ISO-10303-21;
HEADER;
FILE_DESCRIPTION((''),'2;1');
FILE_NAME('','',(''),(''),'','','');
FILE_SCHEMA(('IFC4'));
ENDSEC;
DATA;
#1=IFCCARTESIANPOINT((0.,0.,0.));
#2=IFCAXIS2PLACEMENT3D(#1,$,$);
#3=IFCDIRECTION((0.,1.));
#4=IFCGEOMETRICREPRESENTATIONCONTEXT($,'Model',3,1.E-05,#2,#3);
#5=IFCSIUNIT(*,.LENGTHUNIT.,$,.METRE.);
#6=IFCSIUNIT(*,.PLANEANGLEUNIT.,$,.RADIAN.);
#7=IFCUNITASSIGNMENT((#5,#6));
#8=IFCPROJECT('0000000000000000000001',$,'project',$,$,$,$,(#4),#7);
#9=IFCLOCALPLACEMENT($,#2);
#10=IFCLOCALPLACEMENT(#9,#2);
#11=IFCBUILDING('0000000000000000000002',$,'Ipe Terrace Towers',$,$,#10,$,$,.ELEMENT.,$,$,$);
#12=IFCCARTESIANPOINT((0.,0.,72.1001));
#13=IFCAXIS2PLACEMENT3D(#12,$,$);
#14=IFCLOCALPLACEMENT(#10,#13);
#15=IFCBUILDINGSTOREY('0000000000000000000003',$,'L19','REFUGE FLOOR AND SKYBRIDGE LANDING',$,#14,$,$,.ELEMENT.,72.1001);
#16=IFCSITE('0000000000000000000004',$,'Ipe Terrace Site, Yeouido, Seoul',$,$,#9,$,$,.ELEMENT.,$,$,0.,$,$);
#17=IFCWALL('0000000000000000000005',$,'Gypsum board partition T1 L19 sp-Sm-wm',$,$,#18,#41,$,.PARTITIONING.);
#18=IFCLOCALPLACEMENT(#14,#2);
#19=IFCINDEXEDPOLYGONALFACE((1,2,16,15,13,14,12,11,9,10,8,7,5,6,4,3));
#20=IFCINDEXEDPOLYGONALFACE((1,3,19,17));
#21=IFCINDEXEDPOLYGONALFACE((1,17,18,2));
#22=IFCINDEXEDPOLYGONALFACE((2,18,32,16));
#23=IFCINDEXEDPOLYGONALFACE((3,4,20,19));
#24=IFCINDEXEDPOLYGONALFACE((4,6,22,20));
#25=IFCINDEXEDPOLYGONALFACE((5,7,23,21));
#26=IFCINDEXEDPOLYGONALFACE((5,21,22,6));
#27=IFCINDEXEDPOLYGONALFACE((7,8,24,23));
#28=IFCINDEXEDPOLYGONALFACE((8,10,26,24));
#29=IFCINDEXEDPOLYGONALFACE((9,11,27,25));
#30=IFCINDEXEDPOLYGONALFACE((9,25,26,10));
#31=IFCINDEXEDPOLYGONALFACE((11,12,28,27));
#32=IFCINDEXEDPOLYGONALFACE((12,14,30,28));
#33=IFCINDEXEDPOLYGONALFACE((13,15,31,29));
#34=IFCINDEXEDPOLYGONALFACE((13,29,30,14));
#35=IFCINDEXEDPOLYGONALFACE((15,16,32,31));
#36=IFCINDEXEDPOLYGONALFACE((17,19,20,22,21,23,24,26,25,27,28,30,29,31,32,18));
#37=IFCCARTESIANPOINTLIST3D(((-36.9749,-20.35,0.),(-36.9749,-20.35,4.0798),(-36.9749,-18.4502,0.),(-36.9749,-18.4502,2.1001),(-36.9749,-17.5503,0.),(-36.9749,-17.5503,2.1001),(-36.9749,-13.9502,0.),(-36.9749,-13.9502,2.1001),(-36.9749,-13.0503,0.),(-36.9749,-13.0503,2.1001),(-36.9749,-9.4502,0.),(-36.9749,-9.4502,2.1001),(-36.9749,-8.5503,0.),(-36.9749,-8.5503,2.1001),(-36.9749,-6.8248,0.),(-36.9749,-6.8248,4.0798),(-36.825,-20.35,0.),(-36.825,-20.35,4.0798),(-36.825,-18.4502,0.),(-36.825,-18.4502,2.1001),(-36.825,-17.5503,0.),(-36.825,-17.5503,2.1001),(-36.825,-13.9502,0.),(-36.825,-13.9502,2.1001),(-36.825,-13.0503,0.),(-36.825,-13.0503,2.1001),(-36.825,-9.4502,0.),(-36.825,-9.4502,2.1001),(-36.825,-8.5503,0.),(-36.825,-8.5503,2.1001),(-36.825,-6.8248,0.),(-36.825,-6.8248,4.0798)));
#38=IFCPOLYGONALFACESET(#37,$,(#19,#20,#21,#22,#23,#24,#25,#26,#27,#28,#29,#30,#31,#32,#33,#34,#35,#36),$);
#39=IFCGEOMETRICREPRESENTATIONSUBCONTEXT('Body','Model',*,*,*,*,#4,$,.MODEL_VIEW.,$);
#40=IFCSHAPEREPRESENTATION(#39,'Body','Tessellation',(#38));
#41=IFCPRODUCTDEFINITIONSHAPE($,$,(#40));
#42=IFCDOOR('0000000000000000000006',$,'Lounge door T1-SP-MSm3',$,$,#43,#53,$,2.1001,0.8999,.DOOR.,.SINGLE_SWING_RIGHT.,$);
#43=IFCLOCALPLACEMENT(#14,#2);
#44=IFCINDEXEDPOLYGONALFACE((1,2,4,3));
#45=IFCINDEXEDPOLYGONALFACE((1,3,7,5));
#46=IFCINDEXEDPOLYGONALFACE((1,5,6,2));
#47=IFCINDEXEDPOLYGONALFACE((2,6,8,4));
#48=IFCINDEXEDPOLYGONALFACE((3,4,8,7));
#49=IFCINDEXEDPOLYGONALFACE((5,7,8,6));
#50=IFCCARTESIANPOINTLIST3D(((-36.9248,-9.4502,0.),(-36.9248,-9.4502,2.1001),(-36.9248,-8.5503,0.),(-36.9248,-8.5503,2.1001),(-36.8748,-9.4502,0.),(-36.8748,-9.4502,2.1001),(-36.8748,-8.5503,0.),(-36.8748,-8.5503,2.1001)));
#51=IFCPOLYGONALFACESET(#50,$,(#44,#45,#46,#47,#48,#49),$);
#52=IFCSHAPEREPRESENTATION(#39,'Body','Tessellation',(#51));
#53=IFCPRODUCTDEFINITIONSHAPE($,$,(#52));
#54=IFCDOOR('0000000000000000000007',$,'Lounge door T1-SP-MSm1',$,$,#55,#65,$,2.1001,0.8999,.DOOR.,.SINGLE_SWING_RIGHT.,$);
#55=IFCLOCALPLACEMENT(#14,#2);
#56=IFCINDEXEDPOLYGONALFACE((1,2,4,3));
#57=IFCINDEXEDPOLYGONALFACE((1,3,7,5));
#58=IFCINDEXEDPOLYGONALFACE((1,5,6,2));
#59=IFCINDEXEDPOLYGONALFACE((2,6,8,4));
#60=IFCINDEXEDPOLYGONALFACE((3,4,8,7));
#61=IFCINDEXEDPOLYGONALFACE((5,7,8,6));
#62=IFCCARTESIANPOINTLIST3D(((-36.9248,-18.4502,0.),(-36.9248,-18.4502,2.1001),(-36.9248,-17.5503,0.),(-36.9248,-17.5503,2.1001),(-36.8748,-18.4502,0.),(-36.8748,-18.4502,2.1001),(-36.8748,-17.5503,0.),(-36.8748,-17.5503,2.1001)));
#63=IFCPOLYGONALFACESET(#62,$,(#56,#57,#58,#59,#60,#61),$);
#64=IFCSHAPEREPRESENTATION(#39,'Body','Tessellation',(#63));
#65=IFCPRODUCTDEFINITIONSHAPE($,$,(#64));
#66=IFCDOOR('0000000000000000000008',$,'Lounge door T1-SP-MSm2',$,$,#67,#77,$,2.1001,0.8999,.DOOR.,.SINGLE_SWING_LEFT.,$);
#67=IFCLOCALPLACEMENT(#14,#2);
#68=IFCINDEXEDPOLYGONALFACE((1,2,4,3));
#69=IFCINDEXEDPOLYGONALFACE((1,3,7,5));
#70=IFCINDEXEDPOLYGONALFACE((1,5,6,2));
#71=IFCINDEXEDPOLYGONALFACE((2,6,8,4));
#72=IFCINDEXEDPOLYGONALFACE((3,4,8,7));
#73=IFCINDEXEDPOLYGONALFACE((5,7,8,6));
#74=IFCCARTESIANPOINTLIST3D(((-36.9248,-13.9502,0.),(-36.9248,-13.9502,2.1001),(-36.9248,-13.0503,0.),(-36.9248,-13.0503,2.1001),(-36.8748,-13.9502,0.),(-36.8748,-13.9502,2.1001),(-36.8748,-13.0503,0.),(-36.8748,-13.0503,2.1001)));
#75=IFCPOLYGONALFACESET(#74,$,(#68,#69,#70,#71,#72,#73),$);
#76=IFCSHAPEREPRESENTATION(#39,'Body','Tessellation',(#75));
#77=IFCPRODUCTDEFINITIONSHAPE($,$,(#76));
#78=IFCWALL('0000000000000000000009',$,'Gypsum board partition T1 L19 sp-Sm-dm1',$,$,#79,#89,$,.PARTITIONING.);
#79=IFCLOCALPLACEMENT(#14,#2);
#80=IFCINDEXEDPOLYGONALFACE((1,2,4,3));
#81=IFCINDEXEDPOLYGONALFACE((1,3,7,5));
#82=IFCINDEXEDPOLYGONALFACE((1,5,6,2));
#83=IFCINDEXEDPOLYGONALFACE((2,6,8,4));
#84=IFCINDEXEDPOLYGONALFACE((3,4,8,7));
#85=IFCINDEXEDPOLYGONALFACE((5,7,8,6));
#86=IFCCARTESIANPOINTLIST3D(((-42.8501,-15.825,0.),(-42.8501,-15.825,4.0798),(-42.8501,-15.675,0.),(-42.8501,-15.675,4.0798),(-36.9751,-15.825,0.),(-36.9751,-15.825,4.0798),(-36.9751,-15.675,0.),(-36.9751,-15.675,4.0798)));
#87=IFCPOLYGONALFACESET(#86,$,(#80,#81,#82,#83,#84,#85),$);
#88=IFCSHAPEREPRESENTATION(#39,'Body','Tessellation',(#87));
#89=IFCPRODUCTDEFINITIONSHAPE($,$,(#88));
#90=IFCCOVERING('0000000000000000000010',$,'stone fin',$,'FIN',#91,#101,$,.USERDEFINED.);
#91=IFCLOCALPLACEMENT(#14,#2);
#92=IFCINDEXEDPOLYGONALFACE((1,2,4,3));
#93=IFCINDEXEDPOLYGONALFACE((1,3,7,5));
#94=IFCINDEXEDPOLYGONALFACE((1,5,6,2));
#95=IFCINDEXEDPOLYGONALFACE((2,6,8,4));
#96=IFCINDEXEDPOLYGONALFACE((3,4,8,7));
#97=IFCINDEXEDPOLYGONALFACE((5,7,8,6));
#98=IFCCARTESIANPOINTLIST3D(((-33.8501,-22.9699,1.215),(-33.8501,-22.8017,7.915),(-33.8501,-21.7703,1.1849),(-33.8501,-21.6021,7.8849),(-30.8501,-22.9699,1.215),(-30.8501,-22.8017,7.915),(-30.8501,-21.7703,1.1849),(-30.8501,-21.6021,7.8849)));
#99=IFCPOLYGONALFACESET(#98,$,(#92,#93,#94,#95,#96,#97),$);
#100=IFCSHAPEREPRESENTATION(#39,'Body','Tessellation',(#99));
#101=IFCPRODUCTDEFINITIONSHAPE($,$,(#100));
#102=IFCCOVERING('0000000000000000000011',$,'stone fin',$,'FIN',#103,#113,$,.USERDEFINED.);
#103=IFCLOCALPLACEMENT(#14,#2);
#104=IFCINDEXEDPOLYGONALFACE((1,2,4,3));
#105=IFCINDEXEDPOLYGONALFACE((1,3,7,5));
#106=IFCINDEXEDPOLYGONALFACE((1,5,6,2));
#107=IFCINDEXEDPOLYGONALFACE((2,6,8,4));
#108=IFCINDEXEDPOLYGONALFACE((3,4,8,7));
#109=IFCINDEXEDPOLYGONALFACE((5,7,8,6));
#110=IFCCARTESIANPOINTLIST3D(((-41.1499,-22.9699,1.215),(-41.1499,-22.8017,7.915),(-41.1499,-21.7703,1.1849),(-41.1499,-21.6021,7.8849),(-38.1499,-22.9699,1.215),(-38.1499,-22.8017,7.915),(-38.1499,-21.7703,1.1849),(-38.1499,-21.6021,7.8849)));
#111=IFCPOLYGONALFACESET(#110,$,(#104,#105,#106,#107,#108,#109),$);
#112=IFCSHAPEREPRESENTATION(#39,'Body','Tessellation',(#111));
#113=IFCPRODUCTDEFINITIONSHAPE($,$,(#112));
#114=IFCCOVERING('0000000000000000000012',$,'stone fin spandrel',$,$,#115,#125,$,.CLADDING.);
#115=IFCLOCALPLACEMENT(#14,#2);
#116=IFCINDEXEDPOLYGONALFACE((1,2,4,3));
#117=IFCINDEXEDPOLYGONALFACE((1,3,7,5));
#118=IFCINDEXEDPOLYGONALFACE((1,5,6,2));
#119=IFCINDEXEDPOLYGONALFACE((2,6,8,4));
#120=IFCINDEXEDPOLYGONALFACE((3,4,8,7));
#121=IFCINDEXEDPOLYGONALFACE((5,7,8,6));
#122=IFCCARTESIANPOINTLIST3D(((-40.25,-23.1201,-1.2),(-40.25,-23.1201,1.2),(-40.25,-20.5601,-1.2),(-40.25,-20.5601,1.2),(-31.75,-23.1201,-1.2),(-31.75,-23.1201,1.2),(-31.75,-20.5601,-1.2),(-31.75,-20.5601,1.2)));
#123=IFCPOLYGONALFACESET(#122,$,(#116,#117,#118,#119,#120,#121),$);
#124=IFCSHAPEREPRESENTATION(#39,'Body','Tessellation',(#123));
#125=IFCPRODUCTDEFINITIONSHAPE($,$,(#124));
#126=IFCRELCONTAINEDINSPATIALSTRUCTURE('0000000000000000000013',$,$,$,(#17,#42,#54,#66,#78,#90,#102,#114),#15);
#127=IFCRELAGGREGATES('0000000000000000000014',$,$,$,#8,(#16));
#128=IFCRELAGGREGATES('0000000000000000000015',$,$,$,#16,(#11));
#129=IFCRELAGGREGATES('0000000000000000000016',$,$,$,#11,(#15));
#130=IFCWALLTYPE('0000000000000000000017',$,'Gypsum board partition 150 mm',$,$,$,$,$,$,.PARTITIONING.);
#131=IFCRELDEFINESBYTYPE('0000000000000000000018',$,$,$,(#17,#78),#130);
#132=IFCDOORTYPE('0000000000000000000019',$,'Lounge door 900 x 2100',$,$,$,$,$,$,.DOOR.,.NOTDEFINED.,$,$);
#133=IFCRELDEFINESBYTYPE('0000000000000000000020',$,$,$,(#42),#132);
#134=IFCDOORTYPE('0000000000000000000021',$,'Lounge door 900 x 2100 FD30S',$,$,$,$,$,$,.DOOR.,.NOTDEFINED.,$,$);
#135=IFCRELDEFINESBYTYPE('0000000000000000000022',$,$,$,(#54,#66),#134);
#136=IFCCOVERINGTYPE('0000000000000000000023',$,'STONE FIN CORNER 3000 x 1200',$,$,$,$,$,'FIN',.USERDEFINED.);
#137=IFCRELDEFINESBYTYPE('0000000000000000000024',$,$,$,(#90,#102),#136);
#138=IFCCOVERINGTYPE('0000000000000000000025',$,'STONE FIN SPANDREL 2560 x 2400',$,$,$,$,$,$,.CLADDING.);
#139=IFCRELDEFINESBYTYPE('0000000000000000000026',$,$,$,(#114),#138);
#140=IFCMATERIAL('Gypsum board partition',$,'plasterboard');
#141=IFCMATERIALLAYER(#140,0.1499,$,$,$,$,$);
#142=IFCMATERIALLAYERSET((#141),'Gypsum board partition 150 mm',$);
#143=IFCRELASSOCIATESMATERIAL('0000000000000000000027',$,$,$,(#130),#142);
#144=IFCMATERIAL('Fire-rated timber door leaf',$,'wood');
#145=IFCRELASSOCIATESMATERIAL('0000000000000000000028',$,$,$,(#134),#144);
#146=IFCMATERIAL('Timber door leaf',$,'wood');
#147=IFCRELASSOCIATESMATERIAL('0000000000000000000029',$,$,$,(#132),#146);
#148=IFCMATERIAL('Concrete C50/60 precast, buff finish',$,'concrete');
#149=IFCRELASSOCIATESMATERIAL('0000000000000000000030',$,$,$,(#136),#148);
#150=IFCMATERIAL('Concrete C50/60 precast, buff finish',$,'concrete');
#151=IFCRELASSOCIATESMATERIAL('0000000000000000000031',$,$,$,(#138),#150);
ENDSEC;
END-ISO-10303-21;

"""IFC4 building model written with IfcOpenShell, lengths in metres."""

from ifc_helpers import new_model, si_unit, direction, frame, frame_2d, origin, origin_2d, place, context, subcontext, project, spatial, rectangle, extrude, material, layer, layer_set, material_profile, profile_set, type_object, element, fill, save


model = new_model("IFC4")

# Units and contexts
model_context = context("Model", 3, precision=1e-05, world=origin(), true_north=direction((0.0, 1.0)))
body_context = subcontext(model_context, "Body", "Model", "MODEL_VIEW")
ifc_project = project(units=[si_unit("LENGTHUNIT", "METRE"), si_unit("PLANEANGLEUNIT", "RADIAN")], contexts=[model_context])

# Site, building, storey
site_placement = place(None, origin())
site = spatial("IfcSite", under=ifc_project, at=site_placement, Name="Ipe Terrace Site, Yeouido, Seoul", CompositionType="ELEMENT", RefElevation=0.0)
building_placement = place(site_placement, origin())
building = spatial("IfcBuilding", under=site, at=building_placement, Name="Ipe Terrace Towers", CompositionType="ELEMENT")
storey_placement = place(building_placement, frame((0.0, 0.0, 72.1001)))
storey = spatial("IfcBuildingStorey", under=building, at=storey_placement, Name="L19", Description="REFUGE FLOOR AND SKYBRIDGE LANDING", CompositionType="ELEMENT", Elevation=72.1001)

# Wall, openings, doors
ifc_material_1 = material(Name="Gypsum board partition", Category="plasterboard")
ifc_layer_1 = layer(ifc_material_1, 0.1499)
ifc_layer_set_1 = layer_set([ifc_layer_1], Name="Gypsum board partition 150 mm")
wall_type_1 = type_object("IfcWallType", Name="Gypsum board partition 150 mm", PredefinedType="PARTITIONING", material=ifc_layer_set_1)
ifc_material_2 = material(Name="Fire-rated timber door leaf", Category="wood")
door_type_1 = type_object("IfcDoorType", Name="Lounge door 900 x 2100 FD30S", OperationType="NOTDEFINED", PredefinedType="DOOR", material=ifc_material_2)
wall_1_placement = place(storey_placement, frame((-36.8999, -20.3501, 0.0), z_axis=(0.0, 0.0, 1.0), x_axis=(0.0, 1.0, 0.0)))
wall_1 = element("IfcWall", 1, at=wall_1_placement, inside=storey, type_object=wall_type_1, Name="Gypsum board partition T1 L19 sp-Sm-wm", PredefinedType="PARTITIONING", context=body_context, shape_type="SweptSolid", body=[
    extrude(rectangle(XDim=13.5251, YDim=0.1499, at=frame_2d((6.7627, 0.0))), origin(), (0.0, 0.0, 1.0), 4.0798),
])
opening_1_placement = place(wall_1_placement, frame((1.8999, 0.0, 0.0)))
opening_1 = element("IfcOpeningElement", 2, at=opening_1_placement, cuts=wall_1, PredefinedType="OPENING", context=body_context, shape_type="SweptSolid", body=[
    extrude(rectangle(XDim=0.8999, YDim=2.1001, at=frame_2d((0.45, 1.05))), frame((0.0, 0.085, 0.0), z_axis=(0.0, -1.0, 0.0), x_axis=(1.0, 0.0, 0.0)), (0.0, 0.0, 1.0), 0.1699),
])
opening_2_placement = place(wall_1_placement, frame((6.3999, 0.0, 0.0)))
opening_2 = element("IfcOpeningElement", 3, at=opening_2_placement, cuts=wall_1, PredefinedType="OPENING", context=body_context, shape_type="SweptSolid", body=[
    extrude(rectangle(XDim=0.8999, YDim=2.1001, at=frame_2d((0.45, 1.05))), frame((0.0, 0.085, 0.0), z_axis=(0.0, -1.0, 0.0), x_axis=(1.0, 0.0, 0.0)), (0.0, 0.0, 1.0), 0.1699),
])
opening_3_placement = place(wall_1_placement, frame((10.8999, 0.0, 0.0)))
opening_3 = element("IfcOpeningElement", 4, at=opening_3_placement, cuts=wall_1, PredefinedType="OPENING", context=body_context, shape_type="SweptSolid", body=[
    extrude(rectangle(XDim=0.8999, YDim=2.1001, at=frame_2d((0.45, 1.05))), frame((0.0, 0.085, 0.0), z_axis=(0.0, -1.0, 0.0), x_axis=(1.0, 0.0, 0.0)), (0.0, 0.0, 1.0), 0.1699),
])
ifc_material_3 = material(Name="Timber door leaf", Category="wood")
door_type_2 = type_object("IfcDoorType", Name="Lounge door 900 x 2100", OperationType="NOTDEFINED", PredefinedType="DOOR", material=ifc_material_3)
door_1_placement = place(opening_3_placement, origin())
door_1 = element("IfcDoor", 5, at=door_1_placement, inside=storey, type_object=door_type_2, Name="Lounge door T1-SP-MSm3", OperationType="SINGLE_SWING_RIGHT", OverallHeight=2.1001, OverallWidth=0.8999, PredefinedType="DOOR", context=body_context, shape_type="SweptSolid", body=[
    extrude(rectangle(XDim=0.8999, YDim=2.1001, at=frame_2d((0.45, 1.05))), frame((0.0, 0.0249, 0.0), z_axis=(0.0, -1.0, 0.0), x_axis=(1.0, 0.0, 0.0)), (0.0, 0.0, 1.0), 0.05),
])
fill(opening_3, door_1)
door_2_placement = place(opening_1_placement, origin())
door_2 = element("IfcDoor", 6, at=door_2_placement, inside=storey, type_object=door_type_1, Name="Lounge door T1-SP-MSm1", OperationType="SINGLE_SWING_RIGHT", OverallHeight=2.1001, OverallWidth=0.8999, PredefinedType="DOOR", context=body_context, shape_type="SweptSolid", body=[
    extrude(rectangle(XDim=0.8999, YDim=2.1001, at=frame_2d((0.45, 1.05))), frame((0.0, 0.0249, 0.0), z_axis=(0.0, -1.0, 0.0), x_axis=(1.0, 0.0, 0.0)), (0.0, 0.0, 1.0), 0.05),
])
fill(opening_1, door_2)
door_3_placement = place(opening_2_placement, origin())
door_3 = element("IfcDoor", 7, at=door_3_placement, inside=storey, type_object=door_type_1, Name="Lounge door T1-SP-MSm2", OperationType="SINGLE_SWING_LEFT", OverallHeight=2.1001, OverallWidth=0.8999, PredefinedType="DOOR", context=body_context, shape_type="SweptSolid", body=[
    extrude(rectangle(XDim=0.8999, YDim=2.1001, at=frame_2d((0.45, 1.05))), frame((0.0, 0.0249, 0.0), z_axis=(0.0, -1.0, 0.0), x_axis=(1.0, 0.0, 0.0)), (0.0, 0.0, 1.0), 0.05),
])
fill(opening_2, door_3)

# Wall
wall_2_placement = place(storey_placement, frame((-36.9751, -15.75, 0.0), z_axis=(0.0, 0.0, 1.0), x_axis=(-1.0, 0.0, 0.0)))
element("IfcWall", 8, at=wall_2_placement, inside=storey, type_object=wall_type_1, Name="Gypsum board partition T1 L19 sp-Sm-dm1", PredefinedType="PARTITIONING", context=body_context, shape_type="SweptSolid", body=[
    extrude(rectangle(XDim=5.875, YDim=0.1499, at=frame_2d((2.9375, 0.0))), origin(), (0.0, 0.0, 1.0), 4.0798),
])

# Coverings
ifc_material_4 = material(Name="Concrete C50/60 precast, buff finish", Category="concrete")
ifc_material_profile_1 = material_profile(ifc_material_4, rectangle(XDim=3.0, YDim=1.2, at=origin_2d()), Name="STONE FIN CORNER 3000 x 1200")
ifc_profile_set_1 = profile_set([ifc_material_profile_1], Name="Concrete C50/60 precast, buff finish")
covering_type_1 = type_object("IfcCoveringType", Name="STONE FIN CORNER 3000 x 1200", ElementType="FIN", PredefinedType="USERDEFINED", material=ifc_profile_set_1)
for number, where, z_axis, x_axis, name in (
    (9, (-32.3501, -22.3701, 1.2), (0.0, 0.025099, 0.999685), (1.0, 0.0, 0.0), "stone fin"),
    (10, (-39.6499, -22.3701, 1.2), (0.0, 0.025099, 0.999685), (1.0, 0.0, 0.0), "stone fin"),
):
    element("IfcCovering", number, at=place(storey_placement, frame(where, z_axis=z_axis, x_axis=x_axis)), inside=storey, type_object=covering_type_1, Name=name, ObjectType="FIN", PredefinedType="USERDEFINED", context=body_context, shape_type="SweptSolid", body=[
        extrude(rectangle(XDim=3.0, YDim=1.2, at=origin_2d()), origin(), (0.0, 0.0, 1.0), 6.7021),
    ])
ifc_material_5 = material(Name="Concrete C50/60 precast, buff finish", Category="concrete")
ifc_material_profile_2 = material_profile(ifc_material_5, rectangle(XDim=2.5601, YDim=2.3999, at=origin_2d()), Name="STONE FIN SPANDREL 2560 x 2400")
ifc_profile_set_2 = profile_set([ifc_material_profile_2], Name="Concrete C50/60 precast, buff finish")
covering_type_2 = type_object("IfcCoveringType", Name="STONE FIN SPANDREL 2560 x 2400", PredefinedType="CLADDING", material=ifc_profile_set_2)
covering_placement = place(storey_placement, frame((-40.25, -21.8401, 0.0), z_axis=(1.0, 0.0, 0.0), x_axis=(0.0, -1.0, 0.0)))
element("IfcCovering", 11, at=covering_placement, inside=storey, type_object=covering_type_2, Name="stone fin spandrel", PredefinedType="CLADDING", context=body_context, shape_type="SweptSolid", body=[
    extrude(rectangle(XDim=2.5601, YDim=2.3999, at=origin_2d()), origin(), (0.0, 0.0, 1.0), 8.5),
])

save(model, "model.ifc")
